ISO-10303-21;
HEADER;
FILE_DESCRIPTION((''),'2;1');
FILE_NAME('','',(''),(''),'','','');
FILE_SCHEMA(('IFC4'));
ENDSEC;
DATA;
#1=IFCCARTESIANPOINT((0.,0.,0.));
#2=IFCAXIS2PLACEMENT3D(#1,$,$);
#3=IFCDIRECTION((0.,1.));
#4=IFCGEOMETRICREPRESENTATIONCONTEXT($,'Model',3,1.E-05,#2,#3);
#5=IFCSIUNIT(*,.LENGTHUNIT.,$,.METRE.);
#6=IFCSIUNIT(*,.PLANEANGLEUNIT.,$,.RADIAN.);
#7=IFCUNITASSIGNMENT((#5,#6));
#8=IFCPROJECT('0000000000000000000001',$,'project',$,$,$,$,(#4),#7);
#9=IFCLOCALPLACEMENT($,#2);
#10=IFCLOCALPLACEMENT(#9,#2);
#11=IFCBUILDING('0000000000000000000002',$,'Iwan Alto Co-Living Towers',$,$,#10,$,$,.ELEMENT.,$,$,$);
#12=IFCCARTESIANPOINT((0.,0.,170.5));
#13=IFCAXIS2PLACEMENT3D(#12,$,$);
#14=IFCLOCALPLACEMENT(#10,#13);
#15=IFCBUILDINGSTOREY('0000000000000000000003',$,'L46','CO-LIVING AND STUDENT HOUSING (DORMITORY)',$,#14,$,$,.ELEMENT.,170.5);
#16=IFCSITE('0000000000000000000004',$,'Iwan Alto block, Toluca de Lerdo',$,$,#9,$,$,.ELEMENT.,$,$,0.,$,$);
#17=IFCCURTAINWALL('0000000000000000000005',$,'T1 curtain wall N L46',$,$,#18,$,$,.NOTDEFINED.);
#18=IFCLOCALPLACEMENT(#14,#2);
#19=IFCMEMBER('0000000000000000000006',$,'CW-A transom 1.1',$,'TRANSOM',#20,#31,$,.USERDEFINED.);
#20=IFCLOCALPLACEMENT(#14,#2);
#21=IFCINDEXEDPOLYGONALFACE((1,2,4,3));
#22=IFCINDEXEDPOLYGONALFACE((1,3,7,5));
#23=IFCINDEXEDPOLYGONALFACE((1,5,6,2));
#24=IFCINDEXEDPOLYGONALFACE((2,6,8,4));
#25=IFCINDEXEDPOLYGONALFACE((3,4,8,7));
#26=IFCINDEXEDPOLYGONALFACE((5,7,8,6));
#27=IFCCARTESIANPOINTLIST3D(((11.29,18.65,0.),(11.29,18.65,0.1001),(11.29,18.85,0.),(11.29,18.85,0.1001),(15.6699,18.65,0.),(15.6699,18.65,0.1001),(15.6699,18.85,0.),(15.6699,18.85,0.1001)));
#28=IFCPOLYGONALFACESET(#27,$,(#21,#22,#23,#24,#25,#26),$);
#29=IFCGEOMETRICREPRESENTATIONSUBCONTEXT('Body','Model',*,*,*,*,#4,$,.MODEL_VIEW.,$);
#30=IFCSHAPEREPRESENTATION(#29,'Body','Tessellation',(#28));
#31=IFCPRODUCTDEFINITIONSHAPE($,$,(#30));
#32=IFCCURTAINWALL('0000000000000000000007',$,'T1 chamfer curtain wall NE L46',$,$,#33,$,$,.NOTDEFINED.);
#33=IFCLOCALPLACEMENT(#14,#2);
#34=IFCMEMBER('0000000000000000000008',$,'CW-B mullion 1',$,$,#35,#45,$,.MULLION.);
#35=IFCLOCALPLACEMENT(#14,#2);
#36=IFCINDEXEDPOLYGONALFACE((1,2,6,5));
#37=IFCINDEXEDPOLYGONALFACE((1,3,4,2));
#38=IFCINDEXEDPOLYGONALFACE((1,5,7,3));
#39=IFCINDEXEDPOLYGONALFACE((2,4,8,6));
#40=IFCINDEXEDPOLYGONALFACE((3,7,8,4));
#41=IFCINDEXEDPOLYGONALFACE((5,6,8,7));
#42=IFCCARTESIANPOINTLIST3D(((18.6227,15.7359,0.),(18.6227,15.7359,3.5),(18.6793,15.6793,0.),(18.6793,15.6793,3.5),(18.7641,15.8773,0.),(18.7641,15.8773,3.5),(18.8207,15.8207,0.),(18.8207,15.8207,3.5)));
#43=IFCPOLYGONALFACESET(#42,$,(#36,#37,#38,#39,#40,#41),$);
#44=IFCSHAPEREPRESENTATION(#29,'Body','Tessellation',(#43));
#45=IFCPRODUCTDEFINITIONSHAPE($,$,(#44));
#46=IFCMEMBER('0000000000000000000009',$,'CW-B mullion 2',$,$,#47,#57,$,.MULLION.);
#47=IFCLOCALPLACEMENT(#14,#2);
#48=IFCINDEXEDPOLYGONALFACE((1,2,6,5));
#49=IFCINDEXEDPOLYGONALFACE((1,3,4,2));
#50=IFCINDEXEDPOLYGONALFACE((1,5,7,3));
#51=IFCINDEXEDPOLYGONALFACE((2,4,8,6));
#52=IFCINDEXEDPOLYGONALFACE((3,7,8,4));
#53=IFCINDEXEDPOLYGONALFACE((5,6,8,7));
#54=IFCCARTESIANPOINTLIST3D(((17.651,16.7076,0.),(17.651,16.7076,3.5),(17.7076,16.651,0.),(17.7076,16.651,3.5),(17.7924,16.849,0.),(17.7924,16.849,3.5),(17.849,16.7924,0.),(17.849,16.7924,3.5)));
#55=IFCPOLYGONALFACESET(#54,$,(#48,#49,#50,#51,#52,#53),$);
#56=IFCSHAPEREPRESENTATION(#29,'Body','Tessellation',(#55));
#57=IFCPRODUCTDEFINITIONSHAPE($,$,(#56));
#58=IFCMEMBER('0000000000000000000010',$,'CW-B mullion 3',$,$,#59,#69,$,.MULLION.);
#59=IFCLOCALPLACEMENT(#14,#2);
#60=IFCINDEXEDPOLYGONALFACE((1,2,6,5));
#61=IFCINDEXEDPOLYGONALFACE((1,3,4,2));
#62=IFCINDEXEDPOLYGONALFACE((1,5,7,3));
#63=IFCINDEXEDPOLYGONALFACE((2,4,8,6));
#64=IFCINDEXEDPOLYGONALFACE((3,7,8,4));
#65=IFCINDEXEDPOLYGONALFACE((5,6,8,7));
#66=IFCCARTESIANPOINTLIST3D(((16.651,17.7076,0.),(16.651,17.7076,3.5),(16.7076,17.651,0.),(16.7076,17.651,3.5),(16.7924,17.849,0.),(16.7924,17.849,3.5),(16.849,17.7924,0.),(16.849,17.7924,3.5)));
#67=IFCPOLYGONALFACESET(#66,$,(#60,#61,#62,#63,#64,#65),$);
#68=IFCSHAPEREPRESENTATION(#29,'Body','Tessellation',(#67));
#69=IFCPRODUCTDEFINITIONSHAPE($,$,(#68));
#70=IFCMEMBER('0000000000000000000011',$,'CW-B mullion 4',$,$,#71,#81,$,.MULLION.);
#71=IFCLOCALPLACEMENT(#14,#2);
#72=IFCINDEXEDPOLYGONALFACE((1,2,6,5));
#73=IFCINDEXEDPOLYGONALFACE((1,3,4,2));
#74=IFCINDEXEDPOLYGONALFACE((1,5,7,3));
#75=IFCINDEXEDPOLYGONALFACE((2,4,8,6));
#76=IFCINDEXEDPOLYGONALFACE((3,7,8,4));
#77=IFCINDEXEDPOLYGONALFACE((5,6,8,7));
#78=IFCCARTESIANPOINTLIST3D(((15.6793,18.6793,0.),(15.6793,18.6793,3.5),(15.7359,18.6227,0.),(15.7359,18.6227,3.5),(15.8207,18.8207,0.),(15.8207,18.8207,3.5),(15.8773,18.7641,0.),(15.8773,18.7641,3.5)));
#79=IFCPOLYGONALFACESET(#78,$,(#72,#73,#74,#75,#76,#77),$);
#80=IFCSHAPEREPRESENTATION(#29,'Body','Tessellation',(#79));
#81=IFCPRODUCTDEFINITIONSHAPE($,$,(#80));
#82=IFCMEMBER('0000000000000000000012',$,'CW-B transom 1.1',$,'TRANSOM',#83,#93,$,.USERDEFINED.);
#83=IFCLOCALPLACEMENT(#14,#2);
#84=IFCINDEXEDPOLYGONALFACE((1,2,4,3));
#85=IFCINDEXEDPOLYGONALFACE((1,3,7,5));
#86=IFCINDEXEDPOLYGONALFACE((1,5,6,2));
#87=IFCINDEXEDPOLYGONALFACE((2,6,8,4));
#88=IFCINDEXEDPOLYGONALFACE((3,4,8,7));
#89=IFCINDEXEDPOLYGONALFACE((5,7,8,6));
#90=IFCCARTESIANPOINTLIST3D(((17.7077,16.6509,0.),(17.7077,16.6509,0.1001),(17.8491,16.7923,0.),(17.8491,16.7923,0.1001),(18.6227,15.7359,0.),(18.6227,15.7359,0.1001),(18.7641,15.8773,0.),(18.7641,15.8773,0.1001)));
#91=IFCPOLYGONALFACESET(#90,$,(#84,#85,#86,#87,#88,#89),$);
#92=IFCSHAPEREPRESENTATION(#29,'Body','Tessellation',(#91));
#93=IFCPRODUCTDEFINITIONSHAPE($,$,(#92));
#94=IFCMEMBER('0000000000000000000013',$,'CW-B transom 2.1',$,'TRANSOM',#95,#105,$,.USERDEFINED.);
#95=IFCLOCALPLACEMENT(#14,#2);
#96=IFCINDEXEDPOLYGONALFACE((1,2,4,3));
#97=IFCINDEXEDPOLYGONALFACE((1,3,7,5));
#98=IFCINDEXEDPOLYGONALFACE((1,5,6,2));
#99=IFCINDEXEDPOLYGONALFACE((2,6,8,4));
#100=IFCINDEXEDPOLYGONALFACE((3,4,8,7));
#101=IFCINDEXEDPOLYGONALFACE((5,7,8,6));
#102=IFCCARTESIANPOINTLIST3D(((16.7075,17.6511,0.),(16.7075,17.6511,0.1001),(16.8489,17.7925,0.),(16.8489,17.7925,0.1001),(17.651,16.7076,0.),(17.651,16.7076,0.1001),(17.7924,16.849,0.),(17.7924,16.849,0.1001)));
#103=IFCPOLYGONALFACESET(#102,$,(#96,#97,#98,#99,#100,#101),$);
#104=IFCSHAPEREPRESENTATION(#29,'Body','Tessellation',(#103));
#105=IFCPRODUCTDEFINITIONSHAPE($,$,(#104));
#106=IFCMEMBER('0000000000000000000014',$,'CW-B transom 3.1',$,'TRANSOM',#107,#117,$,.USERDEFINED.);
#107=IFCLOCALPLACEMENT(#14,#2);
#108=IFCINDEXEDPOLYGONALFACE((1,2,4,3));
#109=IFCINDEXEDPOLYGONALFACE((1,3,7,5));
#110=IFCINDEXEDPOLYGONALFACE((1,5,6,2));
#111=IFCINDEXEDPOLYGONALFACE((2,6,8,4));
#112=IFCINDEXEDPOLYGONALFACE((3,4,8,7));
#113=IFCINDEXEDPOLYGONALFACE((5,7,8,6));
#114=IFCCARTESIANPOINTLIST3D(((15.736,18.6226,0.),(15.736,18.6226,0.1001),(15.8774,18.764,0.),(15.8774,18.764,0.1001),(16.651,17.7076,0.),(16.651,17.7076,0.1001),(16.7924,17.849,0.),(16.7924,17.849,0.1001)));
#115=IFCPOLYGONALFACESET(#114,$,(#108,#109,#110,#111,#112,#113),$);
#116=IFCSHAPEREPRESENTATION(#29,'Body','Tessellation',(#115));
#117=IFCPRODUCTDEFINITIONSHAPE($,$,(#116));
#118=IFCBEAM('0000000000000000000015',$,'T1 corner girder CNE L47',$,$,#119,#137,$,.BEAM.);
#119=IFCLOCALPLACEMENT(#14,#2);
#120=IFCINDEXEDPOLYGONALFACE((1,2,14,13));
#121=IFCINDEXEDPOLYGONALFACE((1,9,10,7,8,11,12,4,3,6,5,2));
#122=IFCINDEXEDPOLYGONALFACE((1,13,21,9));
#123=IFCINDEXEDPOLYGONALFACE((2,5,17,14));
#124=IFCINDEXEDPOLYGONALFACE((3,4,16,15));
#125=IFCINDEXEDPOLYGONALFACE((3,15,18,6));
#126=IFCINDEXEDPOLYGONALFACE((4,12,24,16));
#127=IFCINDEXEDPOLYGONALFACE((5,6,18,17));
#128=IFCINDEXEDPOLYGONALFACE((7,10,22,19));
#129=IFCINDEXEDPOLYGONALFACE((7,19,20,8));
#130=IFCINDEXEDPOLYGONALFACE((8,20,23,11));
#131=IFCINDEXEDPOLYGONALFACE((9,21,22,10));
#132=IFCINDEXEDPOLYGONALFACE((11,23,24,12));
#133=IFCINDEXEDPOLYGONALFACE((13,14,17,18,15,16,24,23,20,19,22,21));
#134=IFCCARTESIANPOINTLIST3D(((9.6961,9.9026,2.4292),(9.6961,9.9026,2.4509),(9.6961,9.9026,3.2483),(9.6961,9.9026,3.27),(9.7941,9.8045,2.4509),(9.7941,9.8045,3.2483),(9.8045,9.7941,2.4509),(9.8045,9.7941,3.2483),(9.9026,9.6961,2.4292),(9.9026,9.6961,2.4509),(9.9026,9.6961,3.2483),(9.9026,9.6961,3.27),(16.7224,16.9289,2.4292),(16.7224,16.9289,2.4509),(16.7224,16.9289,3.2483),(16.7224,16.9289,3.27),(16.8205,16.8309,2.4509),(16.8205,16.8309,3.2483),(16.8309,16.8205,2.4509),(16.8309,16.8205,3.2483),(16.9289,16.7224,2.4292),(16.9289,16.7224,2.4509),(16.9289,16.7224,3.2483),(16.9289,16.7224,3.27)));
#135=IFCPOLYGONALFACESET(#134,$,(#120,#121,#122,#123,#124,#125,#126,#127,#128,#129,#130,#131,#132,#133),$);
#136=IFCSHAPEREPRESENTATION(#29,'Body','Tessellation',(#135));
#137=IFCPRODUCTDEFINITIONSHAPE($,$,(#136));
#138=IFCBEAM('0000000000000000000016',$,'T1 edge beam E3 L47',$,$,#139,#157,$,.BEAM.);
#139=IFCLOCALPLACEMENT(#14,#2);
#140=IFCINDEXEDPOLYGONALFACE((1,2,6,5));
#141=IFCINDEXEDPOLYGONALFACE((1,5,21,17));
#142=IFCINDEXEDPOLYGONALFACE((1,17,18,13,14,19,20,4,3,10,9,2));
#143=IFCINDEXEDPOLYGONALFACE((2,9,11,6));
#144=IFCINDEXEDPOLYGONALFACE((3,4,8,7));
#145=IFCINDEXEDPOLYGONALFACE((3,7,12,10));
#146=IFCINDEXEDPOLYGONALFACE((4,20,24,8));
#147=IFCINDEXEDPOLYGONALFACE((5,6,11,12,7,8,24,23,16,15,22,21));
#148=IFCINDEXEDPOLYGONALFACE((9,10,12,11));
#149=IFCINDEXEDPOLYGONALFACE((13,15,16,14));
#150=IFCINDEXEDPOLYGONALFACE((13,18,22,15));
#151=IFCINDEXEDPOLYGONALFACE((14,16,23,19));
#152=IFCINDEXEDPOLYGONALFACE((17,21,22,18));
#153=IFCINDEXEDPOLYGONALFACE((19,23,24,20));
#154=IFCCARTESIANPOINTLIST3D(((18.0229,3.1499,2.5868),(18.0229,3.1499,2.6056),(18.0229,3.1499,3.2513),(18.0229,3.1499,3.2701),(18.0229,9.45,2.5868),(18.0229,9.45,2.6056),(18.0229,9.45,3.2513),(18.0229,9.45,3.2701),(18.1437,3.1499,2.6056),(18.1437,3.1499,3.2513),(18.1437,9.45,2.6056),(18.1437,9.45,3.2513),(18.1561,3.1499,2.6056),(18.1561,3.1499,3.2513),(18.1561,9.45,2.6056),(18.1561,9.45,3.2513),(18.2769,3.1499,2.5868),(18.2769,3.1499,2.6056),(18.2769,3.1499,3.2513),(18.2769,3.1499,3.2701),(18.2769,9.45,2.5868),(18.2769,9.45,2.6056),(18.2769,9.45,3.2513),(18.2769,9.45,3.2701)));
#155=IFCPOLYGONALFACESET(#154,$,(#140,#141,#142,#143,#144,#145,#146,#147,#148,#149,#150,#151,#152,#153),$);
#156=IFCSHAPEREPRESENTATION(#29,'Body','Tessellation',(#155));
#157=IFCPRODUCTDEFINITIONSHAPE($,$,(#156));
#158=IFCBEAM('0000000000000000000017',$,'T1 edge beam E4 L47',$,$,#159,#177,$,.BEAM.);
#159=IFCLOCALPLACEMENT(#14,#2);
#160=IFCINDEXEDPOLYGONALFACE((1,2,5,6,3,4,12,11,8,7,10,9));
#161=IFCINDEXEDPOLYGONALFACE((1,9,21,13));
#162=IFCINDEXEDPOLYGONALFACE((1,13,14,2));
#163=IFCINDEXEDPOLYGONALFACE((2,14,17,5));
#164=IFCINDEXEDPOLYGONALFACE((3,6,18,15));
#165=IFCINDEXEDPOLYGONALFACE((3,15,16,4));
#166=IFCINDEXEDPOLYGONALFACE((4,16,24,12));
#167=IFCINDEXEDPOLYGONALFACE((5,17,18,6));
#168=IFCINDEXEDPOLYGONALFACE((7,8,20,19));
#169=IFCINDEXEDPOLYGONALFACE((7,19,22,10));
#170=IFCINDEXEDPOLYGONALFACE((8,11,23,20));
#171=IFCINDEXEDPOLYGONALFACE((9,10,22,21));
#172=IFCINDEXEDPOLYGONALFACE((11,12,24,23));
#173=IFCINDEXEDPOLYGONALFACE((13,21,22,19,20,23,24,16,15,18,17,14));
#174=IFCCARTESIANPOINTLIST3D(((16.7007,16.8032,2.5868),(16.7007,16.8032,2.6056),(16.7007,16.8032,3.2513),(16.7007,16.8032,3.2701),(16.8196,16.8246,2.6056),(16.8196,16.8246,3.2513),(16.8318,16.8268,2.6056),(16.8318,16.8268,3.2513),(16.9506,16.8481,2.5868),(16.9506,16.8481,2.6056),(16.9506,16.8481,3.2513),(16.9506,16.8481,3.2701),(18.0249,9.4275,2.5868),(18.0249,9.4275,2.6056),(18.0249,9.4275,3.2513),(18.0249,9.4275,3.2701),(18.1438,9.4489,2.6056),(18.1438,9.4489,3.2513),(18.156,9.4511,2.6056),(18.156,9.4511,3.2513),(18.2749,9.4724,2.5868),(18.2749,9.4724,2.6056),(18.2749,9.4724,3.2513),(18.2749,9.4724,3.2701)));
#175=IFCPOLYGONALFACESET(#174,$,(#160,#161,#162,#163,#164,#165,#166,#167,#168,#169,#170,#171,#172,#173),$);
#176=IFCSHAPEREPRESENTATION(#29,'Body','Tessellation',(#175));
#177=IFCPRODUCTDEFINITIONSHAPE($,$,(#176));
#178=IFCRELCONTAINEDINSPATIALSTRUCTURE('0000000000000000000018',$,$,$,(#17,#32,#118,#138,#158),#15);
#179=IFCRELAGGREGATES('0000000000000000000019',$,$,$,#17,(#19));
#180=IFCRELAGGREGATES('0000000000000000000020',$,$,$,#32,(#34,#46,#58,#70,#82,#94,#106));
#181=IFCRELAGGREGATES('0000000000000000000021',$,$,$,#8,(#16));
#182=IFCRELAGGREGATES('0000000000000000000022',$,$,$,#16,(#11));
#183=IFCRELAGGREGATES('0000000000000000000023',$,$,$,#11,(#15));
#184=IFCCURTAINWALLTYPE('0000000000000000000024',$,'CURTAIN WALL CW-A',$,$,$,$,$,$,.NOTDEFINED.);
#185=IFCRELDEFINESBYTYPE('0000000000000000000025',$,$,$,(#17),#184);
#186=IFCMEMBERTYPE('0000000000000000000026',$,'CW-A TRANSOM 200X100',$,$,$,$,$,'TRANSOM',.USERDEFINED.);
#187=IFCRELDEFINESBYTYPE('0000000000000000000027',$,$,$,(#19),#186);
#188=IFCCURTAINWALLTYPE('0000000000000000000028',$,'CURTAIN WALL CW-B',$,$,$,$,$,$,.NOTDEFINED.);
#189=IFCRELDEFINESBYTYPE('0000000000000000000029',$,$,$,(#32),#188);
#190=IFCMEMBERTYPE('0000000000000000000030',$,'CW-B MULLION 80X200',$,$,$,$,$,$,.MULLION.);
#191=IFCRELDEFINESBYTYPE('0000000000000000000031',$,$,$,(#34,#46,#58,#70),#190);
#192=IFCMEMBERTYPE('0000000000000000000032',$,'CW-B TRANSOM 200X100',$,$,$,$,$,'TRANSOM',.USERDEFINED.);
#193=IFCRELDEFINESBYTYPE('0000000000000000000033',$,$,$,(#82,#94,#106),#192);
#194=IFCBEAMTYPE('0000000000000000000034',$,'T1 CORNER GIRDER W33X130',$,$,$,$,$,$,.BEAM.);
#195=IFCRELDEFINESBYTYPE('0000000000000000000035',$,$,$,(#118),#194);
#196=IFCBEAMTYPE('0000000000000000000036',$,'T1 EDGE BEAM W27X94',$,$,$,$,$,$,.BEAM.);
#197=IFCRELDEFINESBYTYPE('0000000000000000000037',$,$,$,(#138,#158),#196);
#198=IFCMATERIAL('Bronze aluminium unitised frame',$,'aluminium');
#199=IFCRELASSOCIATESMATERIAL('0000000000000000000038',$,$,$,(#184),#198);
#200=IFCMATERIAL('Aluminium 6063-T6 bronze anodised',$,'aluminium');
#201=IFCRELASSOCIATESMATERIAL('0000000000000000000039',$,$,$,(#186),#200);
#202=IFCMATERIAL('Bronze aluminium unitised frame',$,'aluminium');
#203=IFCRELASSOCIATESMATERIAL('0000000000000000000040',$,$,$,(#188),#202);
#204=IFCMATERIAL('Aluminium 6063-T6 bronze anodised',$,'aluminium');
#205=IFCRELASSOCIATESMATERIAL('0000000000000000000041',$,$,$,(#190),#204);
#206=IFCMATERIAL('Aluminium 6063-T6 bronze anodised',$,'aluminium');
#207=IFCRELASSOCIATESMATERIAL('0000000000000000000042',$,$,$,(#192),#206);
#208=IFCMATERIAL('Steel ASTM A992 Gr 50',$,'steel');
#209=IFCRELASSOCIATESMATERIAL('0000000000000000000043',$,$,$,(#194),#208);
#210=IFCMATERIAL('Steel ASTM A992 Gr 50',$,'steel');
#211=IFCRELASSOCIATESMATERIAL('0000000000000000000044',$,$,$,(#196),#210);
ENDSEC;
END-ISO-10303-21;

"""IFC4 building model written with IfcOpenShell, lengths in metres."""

from ifc_helpers import new_model, si_unit, direction, frame, origin, origin_2d, place, context, subcontext, project, spatial, rectangle, i_section, extrude, material, material_profile, profile_set, type_object, element, aggregate, save


model = new_model("IFC4")

# Units and contexts
model_context = context("Model", 3, precision=1e-05, world=origin(), true_north=direction((0.0, 1.0)))
body_context = subcontext(model_context, "Body", "Model", "MODEL_VIEW")
ifc_project = project(units=[si_unit("LENGTHUNIT", "METRE"), si_unit("PLANEANGLEUNIT", "RADIAN")], contexts=[model_context])

# Site, building, storey
site_placement = place(None, origin())
site = spatial("IfcSite", under=ifc_project, at=site_placement, Name="Iwan Alto block, Toluca de Lerdo", CompositionType="ELEMENT", RefElevation=0.0)
building_placement = place(site_placement, origin())
building = spatial("IfcBuilding", under=site, at=building_placement, Name="Iwan Alto Co-Living Towers", CompositionType="ELEMENT")
storey_placement = place(building_placement, frame((0.0, 0.0, 170.5)))
storey = spatial("IfcBuildingStorey", under=building, at=storey_placement, Name="L46", Description="CO-LIVING AND STUDENT HOUSING (DORMITORY)", CompositionType="ELEMENT", Elevation=170.5)

# Shared definitions
ifc_material_1 = material(Name="Bronze aluminium unitised frame", Category="aluminium")
curtain_wall_type_1 = type_object("IfcCurtainWallType", Name="CURTAIN WALL CW-A", PredefinedType="NOTDEFINED", material=ifc_material_1)

# Curtain wall
curtain_wall_1_placement = place(storey_placement, origin())
curtain_wall_1 = element("IfcCurtainWall", 1, at=curtain_wall_1_placement, inside=storey, type_object=curtain_wall_type_1, Name="T1 curtain wall N L46", PredefinedType="NOTDEFINED")

# Member
ifc_material_2 = material(Name="Aluminium 6063-T6 bronze anodised", Category="aluminium")
ifc_material_profile_1 = material_profile(ifc_material_2, rectangle(XDim=0.2, YDim=0.1001, at=origin_2d()), Name="AL 200X100")
ifc_profile_set_1 = profile_set([ifc_material_profile_1], Name="Aluminium 6063-T6 bronze anodised")
member_type_1 = type_object("IfcMemberType", Name="CW-A TRANSOM 200X100", ElementType="TRANSOM", PredefinedType="USERDEFINED", material=ifc_profile_set_1)
member_1_placement = place(storey_placement, frame((15.6699, 18.75, 0.05), z_axis=(-1.0, 0.0, 0.0), x_axis=(0.0, -1.0, 0.0)))
member_1 = element("IfcMember", 2, at=member_1_placement, type_object=member_type_1, Name="CW-A transom 1.1", ObjectType="TRANSOM", PredefinedType="USERDEFINED", context=body_context, shape_type="SweptSolid", body=[
    extrude(rectangle(XDim=0.2, YDim=0.1001, at=origin_2d()), origin(), (0.0, 0.0, 1.0), 4.3799),
])

# Curtain wall, members
ifc_material_3 = material(Name="Bronze aluminium unitised frame", Category="aluminium")
curtain_wall_type_2 = type_object("IfcCurtainWallType", Name="CURTAIN WALL CW-B", PredefinedType="NOTDEFINED", material=ifc_material_3)
curtain_wall_2_placement = place(storey_placement, origin())
curtain_wall_2 = element("IfcCurtainWall", 3, at=curtain_wall_2_placement, inside=storey, type_object=curtain_wall_type_2, Name="T1 chamfer curtain wall NE L46", PredefinedType="NOTDEFINED")
ifc_material_4 = material(Name="Aluminium 6063-T6 bronze anodised", Category="aluminium")
ifc_material_profile_2 = material_profile(ifc_material_4, rectangle(XDim=0.2, YDim=0.0801, at=origin_2d()), Name="AL 80X200")
ifc_profile_set_2 = profile_set([ifc_material_profile_2], Name="Aluminium 6063-T6 bronze anodised")
member_type_2 = type_object("IfcMemberType", Name="CW-B MULLION 80X200", PredefinedType="MULLION", material=ifc_profile_set_2)
member_2_placement = place(storey_placement, frame((18.7217, 15.7783, 0.0), z_axis=(0.0, 0.0, 1.0), x_axis=(-0.707107, -0.707107, 0.0)))
member_2 = element("IfcMember", 4, at=member_2_placement, type_object=member_type_2, Name="CW-B mullion 1", PredefinedType="MULLION", context=body_context, shape_type="SweptSolid", body=[
    extrude(rectangle(XDim=0.2, YDim=0.0801, at=origin_2d()), origin(), (0.0, 0.0, 1.0), 3.5),
])
member_3_placement = place(storey_placement, frame((17.75, 16.75, 0.0), z_axis=(0.0, 0.0, 1.0), x_axis=(-0.707107, -0.707107, 0.0)))
member_3 = element("IfcMember", 5, at=member_3_placement, type_object=member_type_2, Name="CW-B mullion 2", PredefinedType="MULLION", context=body_context, shape_type="SweptSolid", body=[
    extrude(rectangle(XDim=0.2, YDim=0.0801, at=origin_2d()), origin(), (0.0, 0.0, 1.0), 3.5),
])
member_4_placement = place(storey_placement, frame((16.75, 17.75, 0.0), z_axis=(0.0, 0.0, 1.0), x_axis=(-0.707107, -0.707107, 0.0)))
member_4 = element("IfcMember", 6, at=member_4_placement, type_object=member_type_2, Name="CW-B mullion 3", PredefinedType="MULLION", context=body_context, shape_type="SweptSolid", body=[
    extrude(rectangle(XDim=0.2, YDim=0.0801, at=origin_2d()), origin(), (0.0, 0.0, 1.0), 3.5),
])
member_5_placement = place(storey_placement, frame((15.7783, 18.7217, 0.0), z_axis=(0.0, 0.0, 1.0), x_axis=(-0.707107, -0.707107, 0.0)))
member_5 = element("IfcMember", 7, at=member_5_placement, type_object=member_type_2, Name="CW-B mullion 4", PredefinedType="MULLION", context=body_context, shape_type="SweptSolid", body=[
    extrude(rectangle(XDim=0.2, YDim=0.0801, at=origin_2d()), origin(), (0.0, 0.0, 1.0), 3.5),
])
ifc_material_5 = material(Name="Aluminium 6063-T6 bronze anodised", Category="aluminium")
ifc_material_profile_3 = material_profile(ifc_material_5, rectangle(XDim=0.2, YDim=0.1001, at=origin_2d()), Name="AL 200X100")
ifc_profile_set_3 = profile_set([ifc_material_profile_3], Name="Aluminium 6063-T6 bronze anodised")
member_type_3 = type_object("IfcMemberType", Name="CW-B TRANSOM 200X100", ElementType="TRANSOM", PredefinedType="USERDEFINED", material=ifc_profile_set_3)
member_6_placement = place(storey_placement, frame((18.6934, 15.8066, 0.05), z_axis=(-0.707107, 0.707107, 0.0), x_axis=(-0.707107, -0.707107, 0.0)))
member_6 = element("IfcMember", 8, at=member_6_placement, type_object=member_type_3, Name="CW-B transom 1.1", ObjectType="TRANSOM", PredefinedType="USERDEFINED", context=body_context, shape_type="SweptSolid", body=[
    extrude(rectangle(XDim=0.2, YDim=0.1001, at=origin_2d()), origin(), (0.0, 0.0, 1.0), 1.2939),
])
member_7_placement = place(storey_placement, frame((17.7217, 16.7783, 0.05), z_axis=(-0.707107, 0.707107, 0.0), x_axis=(-0.707107, -0.707107, 0.0)))
member_7 = element("IfcMember", 9, at=member_7_placement, type_object=member_type_3, Name="CW-B transom 2.1", ObjectType="TRANSOM", PredefinedType="USERDEFINED", context=body_context, shape_type="SweptSolid", body=[
    extrude(rectangle(XDim=0.2, YDim=0.1001, at=origin_2d()), origin(), (0.0, 0.0, 1.0), 1.3342),
])
member_8_placement = place(storey_placement, frame((16.7217, 17.7783, 0.05), z_axis=(-0.707107, 0.707107, 0.0), x_axis=(-0.707107, -0.707107, 0.0)))
member_8 = element("IfcMember", 10, at=member_8_placement, type_object=member_type_3, Name="CW-B transom 3.1", ObjectType="TRANSOM", PredefinedType="USERDEFINED", context=body_context, shape_type="SweptSolid", body=[
    extrude(rectangle(XDim=0.2, YDim=0.1001, at=origin_2d()), origin(), (0.0, 0.0, 1.0), 1.2939),
])

# Beams
ifc_material_6 = material(Name="Steel ASTM A992 Gr 50", Category="steel")
ifc_material_profile_4 = material_profile(ifc_material_6, i_section(OverallWidth=0.292, OverallDepth=0.8408, WebThickness=0.0146, FlangeThickness=0.0217, at=origin_2d()), Name="W33X130")
ifc_profile_set_4 = profile_set([ifc_material_profile_4], Name="Steel ASTM A992 Gr 50")
beam_type_1 = type_object("IfcBeamType", Name="T1 CORNER GIRDER W33X130", PredefinedType="BEAM", material=ifc_profile_set_4)
beam_1_placement = place(storey_placement, frame((16.8257, 16.8257, 2.8496), z_axis=(-0.707107, -0.707107, 0.0), x_axis=(0.707107, -0.707107, 0.0)))
element("IfcBeam", 11, at=beam_1_placement, inside=storey, type_object=beam_type_1, Name="T1 corner girder CNE L47", PredefinedType="BEAM", context=body_context, shape_type="SweptSolid", body=[
    extrude(i_section(OverallWidth=0.292, OverallDepth=0.8408, WebThickness=0.0146, FlangeThickness=0.0217, at=origin_2d()), origin(), (0.0, 0.0, 1.0), 9.9368),
])
ifc_material_7 = material(Name="Steel ASTM A992 Gr 50", Category="steel")
ifc_material_profile_5 = material_profile(ifc_material_7, i_section(OverallWidth=0.2539, OverallDepth=0.6833, WebThickness=0.0125, FlangeThickness=0.0188, at=origin_2d()), Name="W27X94")
ifc_profile_set_5 = profile_set([ifc_material_profile_5], Name="Steel ASTM A992 Gr 50")
beam_type_2 = type_object("IfcBeamType", Name="T1 EDGE BEAM W27X94", PredefinedType="BEAM", material=ifc_profile_set_5)
beam_2_placement = place(storey_placement, frame((18.1499, 3.1499, 2.9285), z_axis=(0.0, 1.0, 0.0), x_axis=(-1.0, 0.0, 0.0)))
element("IfcBeam", 12, at=beam_2_placement, inside=storey, type_object=beam_type_2, Name="T1 edge beam E3 L47", PredefinedType="BEAM", context=body_context, shape_type="SweptSolid", body=[
    extrude(i_section(OverallWidth=0.2539, OverallDepth=0.6833, WebThickness=0.0125, FlangeThickness=0.0188, at=origin_2d()), origin(), (0.0, 0.0, 1.0), 6.3),
])
for number, where, z_axis, x_axis, name in (
    (13, (18.1499, 9.45, 2.9285), (-0.176712, 0.984263, 0.0), (-0.984263, -0.176712, 0.0), "T1 edge beam E4 L47"),
):
    element("IfcBeam", number, at=place(storey_placement, frame(where, z_axis=z_axis, x_axis=x_axis)), inside=storey, type_object=beam_type_2, Name=name, PredefinedType="BEAM", context=body_context, shape_type="SweptSolid", body=[
        extrude(i_section(OverallWidth=0.2539, OverallDepth=0.6833, WebThickness=0.0125, FlangeThickness=0.0188, at=origin_2d()), origin(), (0.0, 0.0, 1.0), 7.4937),
    ])

aggregate(curtain_wall_1, [member_1])
aggregate(curtain_wall_2, [member_2, member_3, member_4, member_5, member_6, member_7, member_8])

save(model, "model.ifc")
